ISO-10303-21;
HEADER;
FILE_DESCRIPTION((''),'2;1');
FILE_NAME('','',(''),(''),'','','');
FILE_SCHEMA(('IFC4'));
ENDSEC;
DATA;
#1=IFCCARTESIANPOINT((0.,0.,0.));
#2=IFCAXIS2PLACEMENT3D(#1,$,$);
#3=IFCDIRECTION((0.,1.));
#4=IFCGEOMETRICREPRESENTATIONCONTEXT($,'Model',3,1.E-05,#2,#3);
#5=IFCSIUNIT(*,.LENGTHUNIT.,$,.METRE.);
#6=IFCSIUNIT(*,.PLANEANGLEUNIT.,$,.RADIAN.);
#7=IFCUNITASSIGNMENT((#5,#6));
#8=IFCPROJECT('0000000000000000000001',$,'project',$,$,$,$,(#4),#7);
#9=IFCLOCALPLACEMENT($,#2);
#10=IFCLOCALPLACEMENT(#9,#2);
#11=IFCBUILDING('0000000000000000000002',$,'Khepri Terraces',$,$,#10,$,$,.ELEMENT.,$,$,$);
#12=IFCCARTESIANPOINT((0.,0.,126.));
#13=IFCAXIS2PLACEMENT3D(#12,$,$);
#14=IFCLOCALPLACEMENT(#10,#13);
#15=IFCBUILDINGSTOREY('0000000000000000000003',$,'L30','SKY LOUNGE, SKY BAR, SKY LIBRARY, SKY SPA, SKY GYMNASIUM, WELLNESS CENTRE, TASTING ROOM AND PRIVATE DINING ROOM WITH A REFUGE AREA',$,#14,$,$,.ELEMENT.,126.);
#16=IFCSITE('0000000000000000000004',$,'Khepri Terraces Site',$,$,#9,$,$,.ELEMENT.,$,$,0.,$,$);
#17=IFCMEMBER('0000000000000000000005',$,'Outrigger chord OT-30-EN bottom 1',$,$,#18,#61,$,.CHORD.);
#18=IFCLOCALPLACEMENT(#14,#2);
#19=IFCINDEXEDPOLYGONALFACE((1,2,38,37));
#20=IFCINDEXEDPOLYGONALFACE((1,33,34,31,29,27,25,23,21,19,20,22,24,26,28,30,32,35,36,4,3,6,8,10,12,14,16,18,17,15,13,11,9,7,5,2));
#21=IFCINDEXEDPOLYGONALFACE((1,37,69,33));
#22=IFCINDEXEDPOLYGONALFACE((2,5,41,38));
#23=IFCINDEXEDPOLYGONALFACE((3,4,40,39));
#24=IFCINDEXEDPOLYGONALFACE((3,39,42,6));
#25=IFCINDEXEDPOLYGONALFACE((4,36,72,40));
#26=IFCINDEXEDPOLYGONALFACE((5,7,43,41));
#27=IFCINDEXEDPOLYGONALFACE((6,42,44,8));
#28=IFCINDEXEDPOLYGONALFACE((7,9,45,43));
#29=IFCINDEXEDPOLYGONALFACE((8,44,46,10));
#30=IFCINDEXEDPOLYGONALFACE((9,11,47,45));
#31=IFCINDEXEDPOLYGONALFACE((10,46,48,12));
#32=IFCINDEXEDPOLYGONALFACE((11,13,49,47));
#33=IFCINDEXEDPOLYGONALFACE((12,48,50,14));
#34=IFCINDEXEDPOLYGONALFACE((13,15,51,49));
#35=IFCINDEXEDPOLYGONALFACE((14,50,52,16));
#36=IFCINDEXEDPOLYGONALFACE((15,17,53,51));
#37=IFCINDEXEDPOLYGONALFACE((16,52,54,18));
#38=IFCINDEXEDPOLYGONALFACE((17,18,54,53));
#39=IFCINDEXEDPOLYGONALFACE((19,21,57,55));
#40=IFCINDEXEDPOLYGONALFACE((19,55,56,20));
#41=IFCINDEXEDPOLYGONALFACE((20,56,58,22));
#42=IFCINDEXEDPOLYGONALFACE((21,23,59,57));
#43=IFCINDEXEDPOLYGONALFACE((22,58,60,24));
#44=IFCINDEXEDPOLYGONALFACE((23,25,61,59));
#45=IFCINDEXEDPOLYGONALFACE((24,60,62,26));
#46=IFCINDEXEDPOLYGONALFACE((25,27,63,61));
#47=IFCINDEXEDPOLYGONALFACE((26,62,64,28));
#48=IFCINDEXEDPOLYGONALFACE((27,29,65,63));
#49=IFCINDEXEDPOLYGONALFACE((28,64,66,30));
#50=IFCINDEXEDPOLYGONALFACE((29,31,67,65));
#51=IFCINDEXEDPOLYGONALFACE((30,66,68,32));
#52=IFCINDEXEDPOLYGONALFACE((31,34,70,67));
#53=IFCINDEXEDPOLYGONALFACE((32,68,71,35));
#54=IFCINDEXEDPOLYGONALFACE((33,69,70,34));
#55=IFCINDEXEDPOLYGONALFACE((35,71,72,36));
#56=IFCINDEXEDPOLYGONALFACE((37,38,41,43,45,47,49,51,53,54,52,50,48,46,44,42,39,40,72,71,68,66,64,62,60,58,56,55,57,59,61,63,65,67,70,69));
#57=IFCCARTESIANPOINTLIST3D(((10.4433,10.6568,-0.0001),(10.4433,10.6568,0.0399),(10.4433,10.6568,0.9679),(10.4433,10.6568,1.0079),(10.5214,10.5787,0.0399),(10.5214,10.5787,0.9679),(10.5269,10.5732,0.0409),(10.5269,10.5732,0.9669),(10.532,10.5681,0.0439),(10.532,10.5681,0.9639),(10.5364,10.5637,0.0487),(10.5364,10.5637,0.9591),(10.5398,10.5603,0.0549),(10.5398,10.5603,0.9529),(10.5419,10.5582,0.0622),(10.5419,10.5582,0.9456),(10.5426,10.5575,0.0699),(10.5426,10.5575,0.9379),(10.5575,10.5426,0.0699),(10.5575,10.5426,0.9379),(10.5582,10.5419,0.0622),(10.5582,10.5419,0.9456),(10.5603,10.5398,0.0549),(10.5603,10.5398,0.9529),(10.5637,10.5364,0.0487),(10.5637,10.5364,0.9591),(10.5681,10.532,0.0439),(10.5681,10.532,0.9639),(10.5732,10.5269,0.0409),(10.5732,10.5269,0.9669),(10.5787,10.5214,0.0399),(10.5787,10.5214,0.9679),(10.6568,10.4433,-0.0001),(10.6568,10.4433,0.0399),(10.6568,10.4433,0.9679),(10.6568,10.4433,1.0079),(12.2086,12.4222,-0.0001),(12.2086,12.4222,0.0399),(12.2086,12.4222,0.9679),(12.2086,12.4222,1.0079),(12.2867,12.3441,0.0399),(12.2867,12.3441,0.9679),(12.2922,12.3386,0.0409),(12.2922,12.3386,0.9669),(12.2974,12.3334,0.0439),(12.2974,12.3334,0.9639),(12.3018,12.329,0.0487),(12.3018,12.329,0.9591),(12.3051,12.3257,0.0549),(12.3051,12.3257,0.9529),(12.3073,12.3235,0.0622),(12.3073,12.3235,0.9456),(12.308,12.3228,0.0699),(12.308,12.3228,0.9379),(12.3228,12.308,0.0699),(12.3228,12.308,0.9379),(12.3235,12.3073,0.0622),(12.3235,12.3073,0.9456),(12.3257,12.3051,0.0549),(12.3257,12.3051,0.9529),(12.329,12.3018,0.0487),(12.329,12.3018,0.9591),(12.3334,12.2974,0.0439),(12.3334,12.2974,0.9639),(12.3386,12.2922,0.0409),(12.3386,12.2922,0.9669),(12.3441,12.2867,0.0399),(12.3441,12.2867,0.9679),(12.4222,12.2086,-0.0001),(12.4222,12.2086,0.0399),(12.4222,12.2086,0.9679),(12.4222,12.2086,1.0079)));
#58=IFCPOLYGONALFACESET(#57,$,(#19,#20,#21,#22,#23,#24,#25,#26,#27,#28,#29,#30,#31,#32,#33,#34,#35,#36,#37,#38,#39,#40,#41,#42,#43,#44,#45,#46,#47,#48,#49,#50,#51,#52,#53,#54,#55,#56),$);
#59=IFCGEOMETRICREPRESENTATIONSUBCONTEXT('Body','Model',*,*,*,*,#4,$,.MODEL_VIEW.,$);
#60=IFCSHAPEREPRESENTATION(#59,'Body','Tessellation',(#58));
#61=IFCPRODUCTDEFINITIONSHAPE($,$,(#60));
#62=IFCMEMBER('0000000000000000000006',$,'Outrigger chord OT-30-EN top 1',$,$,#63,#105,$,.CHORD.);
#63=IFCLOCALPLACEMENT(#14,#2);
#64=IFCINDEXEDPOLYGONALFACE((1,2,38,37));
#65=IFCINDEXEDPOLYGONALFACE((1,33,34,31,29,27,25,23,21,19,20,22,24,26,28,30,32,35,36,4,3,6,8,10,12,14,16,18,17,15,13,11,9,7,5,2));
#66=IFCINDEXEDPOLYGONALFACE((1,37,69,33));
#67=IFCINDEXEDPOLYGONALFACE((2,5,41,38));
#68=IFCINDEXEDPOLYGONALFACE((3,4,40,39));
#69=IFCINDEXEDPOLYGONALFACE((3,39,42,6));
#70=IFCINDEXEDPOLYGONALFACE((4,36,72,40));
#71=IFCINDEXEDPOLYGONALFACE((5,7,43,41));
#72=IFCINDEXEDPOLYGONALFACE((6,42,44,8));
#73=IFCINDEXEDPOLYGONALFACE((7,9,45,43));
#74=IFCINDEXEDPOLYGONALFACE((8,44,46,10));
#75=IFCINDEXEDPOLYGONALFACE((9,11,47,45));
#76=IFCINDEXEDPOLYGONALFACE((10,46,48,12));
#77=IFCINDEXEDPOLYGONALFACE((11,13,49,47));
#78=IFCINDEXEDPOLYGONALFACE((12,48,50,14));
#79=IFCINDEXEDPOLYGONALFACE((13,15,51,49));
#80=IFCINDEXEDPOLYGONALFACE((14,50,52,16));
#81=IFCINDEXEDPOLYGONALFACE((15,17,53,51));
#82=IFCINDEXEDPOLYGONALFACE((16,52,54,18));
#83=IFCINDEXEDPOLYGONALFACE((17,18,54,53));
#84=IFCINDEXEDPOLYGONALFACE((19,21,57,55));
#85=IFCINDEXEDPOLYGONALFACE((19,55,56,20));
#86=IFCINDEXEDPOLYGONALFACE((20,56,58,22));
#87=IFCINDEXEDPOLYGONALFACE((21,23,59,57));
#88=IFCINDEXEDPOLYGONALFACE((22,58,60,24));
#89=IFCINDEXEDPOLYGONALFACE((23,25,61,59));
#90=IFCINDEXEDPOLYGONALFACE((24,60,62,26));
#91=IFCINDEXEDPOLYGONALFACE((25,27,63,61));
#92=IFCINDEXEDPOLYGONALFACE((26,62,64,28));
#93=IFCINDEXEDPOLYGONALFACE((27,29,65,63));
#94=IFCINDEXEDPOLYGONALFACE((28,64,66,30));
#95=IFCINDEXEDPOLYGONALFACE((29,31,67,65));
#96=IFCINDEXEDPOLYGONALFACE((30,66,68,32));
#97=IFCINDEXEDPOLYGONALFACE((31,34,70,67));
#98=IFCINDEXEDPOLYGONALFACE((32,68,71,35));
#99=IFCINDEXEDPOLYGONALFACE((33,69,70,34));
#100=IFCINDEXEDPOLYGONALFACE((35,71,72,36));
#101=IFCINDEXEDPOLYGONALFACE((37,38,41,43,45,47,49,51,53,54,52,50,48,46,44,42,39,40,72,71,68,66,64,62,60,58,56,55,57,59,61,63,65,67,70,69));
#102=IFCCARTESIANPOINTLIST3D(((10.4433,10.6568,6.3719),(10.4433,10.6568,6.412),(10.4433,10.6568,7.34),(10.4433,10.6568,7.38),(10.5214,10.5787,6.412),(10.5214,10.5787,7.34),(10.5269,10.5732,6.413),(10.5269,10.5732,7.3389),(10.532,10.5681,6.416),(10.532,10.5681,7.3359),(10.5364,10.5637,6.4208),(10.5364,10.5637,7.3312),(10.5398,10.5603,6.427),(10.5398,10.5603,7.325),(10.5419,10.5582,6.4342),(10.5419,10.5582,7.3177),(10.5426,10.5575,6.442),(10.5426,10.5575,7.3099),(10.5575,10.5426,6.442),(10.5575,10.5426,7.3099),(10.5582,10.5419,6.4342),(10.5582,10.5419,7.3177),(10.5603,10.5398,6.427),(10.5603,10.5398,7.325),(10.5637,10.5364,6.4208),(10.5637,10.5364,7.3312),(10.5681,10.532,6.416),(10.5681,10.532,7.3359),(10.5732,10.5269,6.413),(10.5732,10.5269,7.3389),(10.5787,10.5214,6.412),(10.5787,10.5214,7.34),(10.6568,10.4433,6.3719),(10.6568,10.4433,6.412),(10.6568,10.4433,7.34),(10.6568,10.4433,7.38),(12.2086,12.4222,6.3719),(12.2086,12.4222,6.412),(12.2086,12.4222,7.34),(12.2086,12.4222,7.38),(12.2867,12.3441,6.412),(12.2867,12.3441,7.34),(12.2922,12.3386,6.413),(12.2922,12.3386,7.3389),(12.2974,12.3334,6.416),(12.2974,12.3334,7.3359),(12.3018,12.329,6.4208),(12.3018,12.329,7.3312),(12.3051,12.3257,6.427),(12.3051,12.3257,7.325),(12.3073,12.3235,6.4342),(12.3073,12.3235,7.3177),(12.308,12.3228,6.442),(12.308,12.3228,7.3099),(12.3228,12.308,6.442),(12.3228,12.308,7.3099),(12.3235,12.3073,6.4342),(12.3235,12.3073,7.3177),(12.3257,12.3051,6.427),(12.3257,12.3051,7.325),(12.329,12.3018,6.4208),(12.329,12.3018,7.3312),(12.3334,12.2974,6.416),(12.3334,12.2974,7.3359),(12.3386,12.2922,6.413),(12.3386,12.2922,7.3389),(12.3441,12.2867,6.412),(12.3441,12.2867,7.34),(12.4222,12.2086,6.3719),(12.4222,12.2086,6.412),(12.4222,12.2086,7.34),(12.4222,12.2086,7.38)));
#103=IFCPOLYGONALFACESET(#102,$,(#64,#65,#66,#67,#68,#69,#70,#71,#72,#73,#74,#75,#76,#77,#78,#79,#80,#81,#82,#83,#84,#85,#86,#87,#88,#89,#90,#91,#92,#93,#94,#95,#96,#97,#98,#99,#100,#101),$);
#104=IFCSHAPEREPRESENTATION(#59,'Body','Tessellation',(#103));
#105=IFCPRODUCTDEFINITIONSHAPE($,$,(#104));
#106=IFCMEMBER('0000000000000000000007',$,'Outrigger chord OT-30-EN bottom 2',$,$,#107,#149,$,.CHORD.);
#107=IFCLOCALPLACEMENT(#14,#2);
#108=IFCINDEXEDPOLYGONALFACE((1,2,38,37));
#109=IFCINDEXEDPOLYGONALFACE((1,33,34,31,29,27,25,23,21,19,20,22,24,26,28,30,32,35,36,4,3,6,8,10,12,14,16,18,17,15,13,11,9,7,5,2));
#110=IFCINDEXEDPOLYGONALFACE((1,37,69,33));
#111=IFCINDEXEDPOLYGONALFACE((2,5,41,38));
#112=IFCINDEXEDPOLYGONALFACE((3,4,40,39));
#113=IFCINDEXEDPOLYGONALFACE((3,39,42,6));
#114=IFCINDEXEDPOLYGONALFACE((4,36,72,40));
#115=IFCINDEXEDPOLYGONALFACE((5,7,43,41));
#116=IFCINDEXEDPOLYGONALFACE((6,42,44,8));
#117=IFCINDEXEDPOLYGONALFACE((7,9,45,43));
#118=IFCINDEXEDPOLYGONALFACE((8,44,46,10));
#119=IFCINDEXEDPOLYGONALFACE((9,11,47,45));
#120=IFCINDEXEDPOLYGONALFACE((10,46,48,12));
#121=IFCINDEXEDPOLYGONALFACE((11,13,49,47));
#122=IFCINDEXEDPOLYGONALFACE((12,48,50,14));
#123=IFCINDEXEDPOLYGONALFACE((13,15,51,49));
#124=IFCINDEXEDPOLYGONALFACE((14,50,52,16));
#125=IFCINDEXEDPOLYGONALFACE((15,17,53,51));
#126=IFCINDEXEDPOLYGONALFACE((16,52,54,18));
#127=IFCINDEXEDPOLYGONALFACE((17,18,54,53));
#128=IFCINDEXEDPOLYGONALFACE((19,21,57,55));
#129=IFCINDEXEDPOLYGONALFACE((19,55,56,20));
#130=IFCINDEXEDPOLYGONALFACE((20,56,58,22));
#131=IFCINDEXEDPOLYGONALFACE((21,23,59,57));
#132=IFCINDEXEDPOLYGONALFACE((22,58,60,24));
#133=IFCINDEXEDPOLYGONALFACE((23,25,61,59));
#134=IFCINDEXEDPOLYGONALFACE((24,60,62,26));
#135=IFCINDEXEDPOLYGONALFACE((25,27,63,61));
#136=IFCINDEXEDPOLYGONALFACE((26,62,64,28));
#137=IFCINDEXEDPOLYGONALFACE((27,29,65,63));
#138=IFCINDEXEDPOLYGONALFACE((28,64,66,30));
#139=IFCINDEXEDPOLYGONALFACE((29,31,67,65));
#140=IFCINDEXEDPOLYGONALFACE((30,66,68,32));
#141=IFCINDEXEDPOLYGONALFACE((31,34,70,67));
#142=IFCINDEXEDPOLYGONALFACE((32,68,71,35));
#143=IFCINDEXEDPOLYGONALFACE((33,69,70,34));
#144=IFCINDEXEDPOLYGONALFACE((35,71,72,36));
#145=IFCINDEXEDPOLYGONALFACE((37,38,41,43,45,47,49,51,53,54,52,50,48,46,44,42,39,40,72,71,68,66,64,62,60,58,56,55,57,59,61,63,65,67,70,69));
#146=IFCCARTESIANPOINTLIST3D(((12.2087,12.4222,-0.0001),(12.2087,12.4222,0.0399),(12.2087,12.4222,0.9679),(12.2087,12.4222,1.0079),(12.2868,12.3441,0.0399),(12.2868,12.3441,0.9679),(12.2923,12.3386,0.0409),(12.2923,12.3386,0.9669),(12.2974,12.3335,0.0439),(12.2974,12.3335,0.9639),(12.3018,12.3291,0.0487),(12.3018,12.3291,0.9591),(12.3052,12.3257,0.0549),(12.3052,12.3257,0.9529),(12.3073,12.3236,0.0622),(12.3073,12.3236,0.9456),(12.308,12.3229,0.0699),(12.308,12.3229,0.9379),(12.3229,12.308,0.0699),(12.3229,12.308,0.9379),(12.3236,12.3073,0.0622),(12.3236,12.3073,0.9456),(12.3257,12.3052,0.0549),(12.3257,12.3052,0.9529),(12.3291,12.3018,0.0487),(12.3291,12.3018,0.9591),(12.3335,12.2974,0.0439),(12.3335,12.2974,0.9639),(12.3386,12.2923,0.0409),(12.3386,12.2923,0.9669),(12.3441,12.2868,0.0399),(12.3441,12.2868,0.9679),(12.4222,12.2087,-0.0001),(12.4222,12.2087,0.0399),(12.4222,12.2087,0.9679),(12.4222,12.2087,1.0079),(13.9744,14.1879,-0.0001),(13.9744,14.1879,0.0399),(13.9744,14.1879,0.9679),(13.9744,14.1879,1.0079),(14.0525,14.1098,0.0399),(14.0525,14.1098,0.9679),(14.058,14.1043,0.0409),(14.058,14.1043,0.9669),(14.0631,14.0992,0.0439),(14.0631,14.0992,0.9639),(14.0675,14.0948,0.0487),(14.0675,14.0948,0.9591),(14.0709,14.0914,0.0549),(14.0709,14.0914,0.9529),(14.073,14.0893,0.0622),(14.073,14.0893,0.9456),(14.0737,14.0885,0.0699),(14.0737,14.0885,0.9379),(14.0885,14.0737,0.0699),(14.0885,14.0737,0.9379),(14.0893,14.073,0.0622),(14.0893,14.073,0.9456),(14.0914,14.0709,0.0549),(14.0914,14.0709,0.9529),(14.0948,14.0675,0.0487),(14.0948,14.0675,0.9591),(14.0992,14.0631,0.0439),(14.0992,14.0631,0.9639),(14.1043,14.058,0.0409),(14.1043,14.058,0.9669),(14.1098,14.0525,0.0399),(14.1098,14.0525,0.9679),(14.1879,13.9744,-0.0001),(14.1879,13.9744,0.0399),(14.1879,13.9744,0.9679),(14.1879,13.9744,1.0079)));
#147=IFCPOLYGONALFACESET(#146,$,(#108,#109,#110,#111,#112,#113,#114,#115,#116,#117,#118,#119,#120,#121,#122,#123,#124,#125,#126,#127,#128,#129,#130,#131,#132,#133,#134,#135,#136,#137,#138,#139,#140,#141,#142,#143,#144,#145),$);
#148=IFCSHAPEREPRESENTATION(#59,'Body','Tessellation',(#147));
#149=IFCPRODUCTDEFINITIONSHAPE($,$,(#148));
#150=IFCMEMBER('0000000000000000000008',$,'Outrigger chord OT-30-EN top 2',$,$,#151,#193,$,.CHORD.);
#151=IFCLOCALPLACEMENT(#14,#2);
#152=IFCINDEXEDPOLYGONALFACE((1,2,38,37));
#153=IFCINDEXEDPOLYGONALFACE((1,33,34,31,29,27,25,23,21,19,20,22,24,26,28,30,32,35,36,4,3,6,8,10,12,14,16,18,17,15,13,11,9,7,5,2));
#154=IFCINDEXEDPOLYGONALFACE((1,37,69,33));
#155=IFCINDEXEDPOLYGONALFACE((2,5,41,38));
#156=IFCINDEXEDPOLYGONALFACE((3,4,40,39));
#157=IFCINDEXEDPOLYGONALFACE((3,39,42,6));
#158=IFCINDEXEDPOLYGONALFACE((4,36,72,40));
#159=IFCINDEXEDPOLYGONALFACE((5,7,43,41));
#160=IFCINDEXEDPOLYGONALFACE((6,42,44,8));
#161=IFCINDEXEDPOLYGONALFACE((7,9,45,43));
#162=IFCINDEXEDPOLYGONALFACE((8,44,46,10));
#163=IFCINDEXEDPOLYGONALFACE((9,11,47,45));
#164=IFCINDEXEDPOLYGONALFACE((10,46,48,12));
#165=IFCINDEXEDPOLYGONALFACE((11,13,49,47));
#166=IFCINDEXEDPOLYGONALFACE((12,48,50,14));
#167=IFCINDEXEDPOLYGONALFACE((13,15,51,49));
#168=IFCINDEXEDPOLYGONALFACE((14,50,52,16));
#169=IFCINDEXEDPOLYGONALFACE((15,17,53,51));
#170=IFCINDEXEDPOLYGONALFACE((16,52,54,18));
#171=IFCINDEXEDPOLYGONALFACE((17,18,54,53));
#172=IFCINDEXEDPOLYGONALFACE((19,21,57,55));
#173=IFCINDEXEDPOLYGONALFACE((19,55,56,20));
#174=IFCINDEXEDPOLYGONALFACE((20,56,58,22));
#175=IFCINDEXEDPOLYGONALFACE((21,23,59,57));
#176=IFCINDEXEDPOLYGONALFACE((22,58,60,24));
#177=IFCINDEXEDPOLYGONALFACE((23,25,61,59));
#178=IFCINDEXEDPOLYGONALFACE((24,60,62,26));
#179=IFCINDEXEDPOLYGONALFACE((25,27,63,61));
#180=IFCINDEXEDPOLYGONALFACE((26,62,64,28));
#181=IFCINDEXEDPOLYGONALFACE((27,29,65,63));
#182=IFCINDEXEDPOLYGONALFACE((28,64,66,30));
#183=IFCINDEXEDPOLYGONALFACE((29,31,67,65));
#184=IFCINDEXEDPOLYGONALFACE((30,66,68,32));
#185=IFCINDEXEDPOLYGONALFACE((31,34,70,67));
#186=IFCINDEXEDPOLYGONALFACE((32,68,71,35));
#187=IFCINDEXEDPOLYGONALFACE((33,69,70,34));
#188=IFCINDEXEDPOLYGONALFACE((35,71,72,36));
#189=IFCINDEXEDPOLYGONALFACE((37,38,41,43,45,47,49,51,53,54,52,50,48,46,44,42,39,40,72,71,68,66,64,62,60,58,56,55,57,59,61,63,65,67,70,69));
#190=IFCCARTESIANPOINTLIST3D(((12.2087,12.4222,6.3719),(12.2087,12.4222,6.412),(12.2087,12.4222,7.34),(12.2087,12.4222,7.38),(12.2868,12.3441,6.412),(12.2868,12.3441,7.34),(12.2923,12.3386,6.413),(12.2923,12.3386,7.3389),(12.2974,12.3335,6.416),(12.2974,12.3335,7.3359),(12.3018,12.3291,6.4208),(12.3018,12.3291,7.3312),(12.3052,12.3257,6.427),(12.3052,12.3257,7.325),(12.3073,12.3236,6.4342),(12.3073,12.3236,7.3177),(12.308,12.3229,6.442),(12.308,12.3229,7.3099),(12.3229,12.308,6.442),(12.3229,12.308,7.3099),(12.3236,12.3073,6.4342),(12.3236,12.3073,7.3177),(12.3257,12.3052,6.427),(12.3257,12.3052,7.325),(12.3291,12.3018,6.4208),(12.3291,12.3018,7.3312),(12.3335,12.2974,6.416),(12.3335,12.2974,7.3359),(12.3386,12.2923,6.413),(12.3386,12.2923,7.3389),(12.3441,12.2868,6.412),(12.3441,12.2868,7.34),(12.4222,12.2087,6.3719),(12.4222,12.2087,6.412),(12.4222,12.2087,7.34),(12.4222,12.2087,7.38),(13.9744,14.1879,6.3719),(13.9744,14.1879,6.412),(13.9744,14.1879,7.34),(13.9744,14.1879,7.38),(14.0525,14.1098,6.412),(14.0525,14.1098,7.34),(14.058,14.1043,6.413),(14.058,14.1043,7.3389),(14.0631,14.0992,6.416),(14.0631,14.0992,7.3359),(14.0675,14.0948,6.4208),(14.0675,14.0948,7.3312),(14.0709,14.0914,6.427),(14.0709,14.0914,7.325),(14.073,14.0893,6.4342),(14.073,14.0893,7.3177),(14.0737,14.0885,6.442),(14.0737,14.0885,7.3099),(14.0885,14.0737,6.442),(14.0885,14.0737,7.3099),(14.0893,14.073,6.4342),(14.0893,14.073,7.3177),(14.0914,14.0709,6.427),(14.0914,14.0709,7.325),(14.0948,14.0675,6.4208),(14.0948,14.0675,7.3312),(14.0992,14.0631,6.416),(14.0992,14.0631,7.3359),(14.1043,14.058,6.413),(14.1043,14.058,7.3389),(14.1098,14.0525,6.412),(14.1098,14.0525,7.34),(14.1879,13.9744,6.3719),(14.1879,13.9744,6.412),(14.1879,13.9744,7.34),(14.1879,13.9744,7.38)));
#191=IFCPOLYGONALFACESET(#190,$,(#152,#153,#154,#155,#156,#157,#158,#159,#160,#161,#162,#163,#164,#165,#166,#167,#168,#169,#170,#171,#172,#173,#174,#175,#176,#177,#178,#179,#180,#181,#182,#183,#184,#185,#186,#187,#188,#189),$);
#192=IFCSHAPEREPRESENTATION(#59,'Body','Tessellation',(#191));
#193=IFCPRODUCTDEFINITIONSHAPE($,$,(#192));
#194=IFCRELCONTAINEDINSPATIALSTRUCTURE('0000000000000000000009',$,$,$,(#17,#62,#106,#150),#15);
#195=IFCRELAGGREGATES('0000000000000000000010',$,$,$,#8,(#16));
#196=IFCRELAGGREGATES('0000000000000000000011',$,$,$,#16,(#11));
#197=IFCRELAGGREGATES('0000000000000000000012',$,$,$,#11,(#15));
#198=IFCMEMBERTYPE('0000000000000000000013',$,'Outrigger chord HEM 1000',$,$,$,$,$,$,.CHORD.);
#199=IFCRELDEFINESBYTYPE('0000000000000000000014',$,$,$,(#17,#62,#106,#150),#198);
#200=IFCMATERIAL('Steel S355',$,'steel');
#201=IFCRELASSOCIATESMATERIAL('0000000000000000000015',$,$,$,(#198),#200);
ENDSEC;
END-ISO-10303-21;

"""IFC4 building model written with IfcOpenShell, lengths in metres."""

from ifc_helpers import new_model, si_unit, direction, frame, origin, origin_2d, place, context, subcontext, project, spatial, i_section, extrude, material, material_profile, profile_set, type_object, element, save


model = new_model("IFC4")

# Units and contexts
model_context = context("Model", 3, precision=1e-05, world=origin(), true_north=direction((0.0, 1.0)))
body_context = subcontext(model_context, "Body", "Model", "MODEL_VIEW")
ifc_project = project(units=[si_unit("LENGTHUNIT", "METRE"), si_unit("PLANEANGLEUNIT", "RADIAN")], contexts=[model_context])

# Site, building, storey
site_placement = place(None, origin())
site = spatial("IfcSite", under=ifc_project, at=site_placement, Name="Khepri Terraces Site", CompositionType="ELEMENT", RefElevation=0.0)
building_placement = place(site_placement, origin())
building = spatial("IfcBuilding", under=site, at=building_placement, Name="Khepri Terraces", CompositionType="ELEMENT")
storey_placement = place(building_placement, frame((0.0, 0.0, 126.0)))
storey = spatial("IfcBuildingStorey", under=building, at=storey_placement, Name="L30", Description="SKY LOUNGE, SKY BAR, SKY LIBRARY, SKY SPA, SKY GYMNASIUM, WELLNESS CENTRE, TASTING ROOM AND PRIVATE DINING ROOM WITH A REFUGE AREA", CompositionType="ELEMENT", Elevation=126.0)

# Members
ifc_material_1 = material(Name="Steel S355", Category="steel")
ifc_material_profile_1 = material_profile(ifc_material_1, i_section(OverallWidth=0.302, OverallDepth=1.0081, WebThickness=0.021, FlangeThickness=0.04, FilletRadius=0.03, at=origin_2d()), Name="Steel S355", Category="steel")
ifc_profile_set_1 = profile_set([ifc_material_profile_1], Name="Steel S355")
member_type_1 = type_object("IfcMemberType", Name="Outrigger chord HEM 1000", PredefinedType="CHORD", material=ifc_profile_set_1)
for number, where, z_axis, x_axis, name in (
    (1, (10.55, 10.55, 0.5039), (0.707107, 0.707107, 0.0), (-0.707107, 0.707107, 0.0), "Outrigger chord OT-30-EN bottom 1"),
    (2, (10.55, 10.55, 6.876), (0.707107, 0.707107, 0.0), (-0.707107, 0.707107, 0.0), "Outrigger chord OT-30-EN top 1"),
):
    element("IfcMember", number, at=place(storey_placement, frame(where, z_axis=z_axis, x_axis=x_axis)), inside=storey, type_object=member_type_1, Name=name, PredefinedType="CHORD", context=body_context, shape_type="SweptSolid", body=[
        extrude(i_section(OverallWidth=0.302, OverallDepth=1.0081, WebThickness=0.021, FlangeThickness=0.04, FilletRadius=0.03, at=origin_2d()), origin(), (0.0, 0.0, 1.0), 2.4966),
    ])
for number, where, z_axis, x_axis, name in (
    (3, (12.3154, 12.3154, 0.5039), (0.707107, 0.707107, 0.0), (-0.707107, 0.707107, 0.0), "Outrigger chord OT-30-EN bottom 2"),
    (4, (12.3154, 12.3154, 6.876), (0.707107, 0.707107, 0.0), (-0.707107, 0.707107, 0.0), "Outrigger chord OT-30-EN top 2"),
):
    element("IfcMember", number, at=place(storey_placement, frame(where, z_axis=z_axis, x_axis=x_axis)), inside=storey, type_object=member_type_1, Name=name, PredefinedType="CHORD", context=body_context, shape_type="SweptSolid", body=[
        extrude(i_section(OverallWidth=0.302, OverallDepth=1.0081, WebThickness=0.021, FlangeThickness=0.04, FilletRadius=0.03, at=origin_2d()), origin(), (0.0, 0.0, 1.0), 2.4971),
    ])

save(model, "model.ifc")
